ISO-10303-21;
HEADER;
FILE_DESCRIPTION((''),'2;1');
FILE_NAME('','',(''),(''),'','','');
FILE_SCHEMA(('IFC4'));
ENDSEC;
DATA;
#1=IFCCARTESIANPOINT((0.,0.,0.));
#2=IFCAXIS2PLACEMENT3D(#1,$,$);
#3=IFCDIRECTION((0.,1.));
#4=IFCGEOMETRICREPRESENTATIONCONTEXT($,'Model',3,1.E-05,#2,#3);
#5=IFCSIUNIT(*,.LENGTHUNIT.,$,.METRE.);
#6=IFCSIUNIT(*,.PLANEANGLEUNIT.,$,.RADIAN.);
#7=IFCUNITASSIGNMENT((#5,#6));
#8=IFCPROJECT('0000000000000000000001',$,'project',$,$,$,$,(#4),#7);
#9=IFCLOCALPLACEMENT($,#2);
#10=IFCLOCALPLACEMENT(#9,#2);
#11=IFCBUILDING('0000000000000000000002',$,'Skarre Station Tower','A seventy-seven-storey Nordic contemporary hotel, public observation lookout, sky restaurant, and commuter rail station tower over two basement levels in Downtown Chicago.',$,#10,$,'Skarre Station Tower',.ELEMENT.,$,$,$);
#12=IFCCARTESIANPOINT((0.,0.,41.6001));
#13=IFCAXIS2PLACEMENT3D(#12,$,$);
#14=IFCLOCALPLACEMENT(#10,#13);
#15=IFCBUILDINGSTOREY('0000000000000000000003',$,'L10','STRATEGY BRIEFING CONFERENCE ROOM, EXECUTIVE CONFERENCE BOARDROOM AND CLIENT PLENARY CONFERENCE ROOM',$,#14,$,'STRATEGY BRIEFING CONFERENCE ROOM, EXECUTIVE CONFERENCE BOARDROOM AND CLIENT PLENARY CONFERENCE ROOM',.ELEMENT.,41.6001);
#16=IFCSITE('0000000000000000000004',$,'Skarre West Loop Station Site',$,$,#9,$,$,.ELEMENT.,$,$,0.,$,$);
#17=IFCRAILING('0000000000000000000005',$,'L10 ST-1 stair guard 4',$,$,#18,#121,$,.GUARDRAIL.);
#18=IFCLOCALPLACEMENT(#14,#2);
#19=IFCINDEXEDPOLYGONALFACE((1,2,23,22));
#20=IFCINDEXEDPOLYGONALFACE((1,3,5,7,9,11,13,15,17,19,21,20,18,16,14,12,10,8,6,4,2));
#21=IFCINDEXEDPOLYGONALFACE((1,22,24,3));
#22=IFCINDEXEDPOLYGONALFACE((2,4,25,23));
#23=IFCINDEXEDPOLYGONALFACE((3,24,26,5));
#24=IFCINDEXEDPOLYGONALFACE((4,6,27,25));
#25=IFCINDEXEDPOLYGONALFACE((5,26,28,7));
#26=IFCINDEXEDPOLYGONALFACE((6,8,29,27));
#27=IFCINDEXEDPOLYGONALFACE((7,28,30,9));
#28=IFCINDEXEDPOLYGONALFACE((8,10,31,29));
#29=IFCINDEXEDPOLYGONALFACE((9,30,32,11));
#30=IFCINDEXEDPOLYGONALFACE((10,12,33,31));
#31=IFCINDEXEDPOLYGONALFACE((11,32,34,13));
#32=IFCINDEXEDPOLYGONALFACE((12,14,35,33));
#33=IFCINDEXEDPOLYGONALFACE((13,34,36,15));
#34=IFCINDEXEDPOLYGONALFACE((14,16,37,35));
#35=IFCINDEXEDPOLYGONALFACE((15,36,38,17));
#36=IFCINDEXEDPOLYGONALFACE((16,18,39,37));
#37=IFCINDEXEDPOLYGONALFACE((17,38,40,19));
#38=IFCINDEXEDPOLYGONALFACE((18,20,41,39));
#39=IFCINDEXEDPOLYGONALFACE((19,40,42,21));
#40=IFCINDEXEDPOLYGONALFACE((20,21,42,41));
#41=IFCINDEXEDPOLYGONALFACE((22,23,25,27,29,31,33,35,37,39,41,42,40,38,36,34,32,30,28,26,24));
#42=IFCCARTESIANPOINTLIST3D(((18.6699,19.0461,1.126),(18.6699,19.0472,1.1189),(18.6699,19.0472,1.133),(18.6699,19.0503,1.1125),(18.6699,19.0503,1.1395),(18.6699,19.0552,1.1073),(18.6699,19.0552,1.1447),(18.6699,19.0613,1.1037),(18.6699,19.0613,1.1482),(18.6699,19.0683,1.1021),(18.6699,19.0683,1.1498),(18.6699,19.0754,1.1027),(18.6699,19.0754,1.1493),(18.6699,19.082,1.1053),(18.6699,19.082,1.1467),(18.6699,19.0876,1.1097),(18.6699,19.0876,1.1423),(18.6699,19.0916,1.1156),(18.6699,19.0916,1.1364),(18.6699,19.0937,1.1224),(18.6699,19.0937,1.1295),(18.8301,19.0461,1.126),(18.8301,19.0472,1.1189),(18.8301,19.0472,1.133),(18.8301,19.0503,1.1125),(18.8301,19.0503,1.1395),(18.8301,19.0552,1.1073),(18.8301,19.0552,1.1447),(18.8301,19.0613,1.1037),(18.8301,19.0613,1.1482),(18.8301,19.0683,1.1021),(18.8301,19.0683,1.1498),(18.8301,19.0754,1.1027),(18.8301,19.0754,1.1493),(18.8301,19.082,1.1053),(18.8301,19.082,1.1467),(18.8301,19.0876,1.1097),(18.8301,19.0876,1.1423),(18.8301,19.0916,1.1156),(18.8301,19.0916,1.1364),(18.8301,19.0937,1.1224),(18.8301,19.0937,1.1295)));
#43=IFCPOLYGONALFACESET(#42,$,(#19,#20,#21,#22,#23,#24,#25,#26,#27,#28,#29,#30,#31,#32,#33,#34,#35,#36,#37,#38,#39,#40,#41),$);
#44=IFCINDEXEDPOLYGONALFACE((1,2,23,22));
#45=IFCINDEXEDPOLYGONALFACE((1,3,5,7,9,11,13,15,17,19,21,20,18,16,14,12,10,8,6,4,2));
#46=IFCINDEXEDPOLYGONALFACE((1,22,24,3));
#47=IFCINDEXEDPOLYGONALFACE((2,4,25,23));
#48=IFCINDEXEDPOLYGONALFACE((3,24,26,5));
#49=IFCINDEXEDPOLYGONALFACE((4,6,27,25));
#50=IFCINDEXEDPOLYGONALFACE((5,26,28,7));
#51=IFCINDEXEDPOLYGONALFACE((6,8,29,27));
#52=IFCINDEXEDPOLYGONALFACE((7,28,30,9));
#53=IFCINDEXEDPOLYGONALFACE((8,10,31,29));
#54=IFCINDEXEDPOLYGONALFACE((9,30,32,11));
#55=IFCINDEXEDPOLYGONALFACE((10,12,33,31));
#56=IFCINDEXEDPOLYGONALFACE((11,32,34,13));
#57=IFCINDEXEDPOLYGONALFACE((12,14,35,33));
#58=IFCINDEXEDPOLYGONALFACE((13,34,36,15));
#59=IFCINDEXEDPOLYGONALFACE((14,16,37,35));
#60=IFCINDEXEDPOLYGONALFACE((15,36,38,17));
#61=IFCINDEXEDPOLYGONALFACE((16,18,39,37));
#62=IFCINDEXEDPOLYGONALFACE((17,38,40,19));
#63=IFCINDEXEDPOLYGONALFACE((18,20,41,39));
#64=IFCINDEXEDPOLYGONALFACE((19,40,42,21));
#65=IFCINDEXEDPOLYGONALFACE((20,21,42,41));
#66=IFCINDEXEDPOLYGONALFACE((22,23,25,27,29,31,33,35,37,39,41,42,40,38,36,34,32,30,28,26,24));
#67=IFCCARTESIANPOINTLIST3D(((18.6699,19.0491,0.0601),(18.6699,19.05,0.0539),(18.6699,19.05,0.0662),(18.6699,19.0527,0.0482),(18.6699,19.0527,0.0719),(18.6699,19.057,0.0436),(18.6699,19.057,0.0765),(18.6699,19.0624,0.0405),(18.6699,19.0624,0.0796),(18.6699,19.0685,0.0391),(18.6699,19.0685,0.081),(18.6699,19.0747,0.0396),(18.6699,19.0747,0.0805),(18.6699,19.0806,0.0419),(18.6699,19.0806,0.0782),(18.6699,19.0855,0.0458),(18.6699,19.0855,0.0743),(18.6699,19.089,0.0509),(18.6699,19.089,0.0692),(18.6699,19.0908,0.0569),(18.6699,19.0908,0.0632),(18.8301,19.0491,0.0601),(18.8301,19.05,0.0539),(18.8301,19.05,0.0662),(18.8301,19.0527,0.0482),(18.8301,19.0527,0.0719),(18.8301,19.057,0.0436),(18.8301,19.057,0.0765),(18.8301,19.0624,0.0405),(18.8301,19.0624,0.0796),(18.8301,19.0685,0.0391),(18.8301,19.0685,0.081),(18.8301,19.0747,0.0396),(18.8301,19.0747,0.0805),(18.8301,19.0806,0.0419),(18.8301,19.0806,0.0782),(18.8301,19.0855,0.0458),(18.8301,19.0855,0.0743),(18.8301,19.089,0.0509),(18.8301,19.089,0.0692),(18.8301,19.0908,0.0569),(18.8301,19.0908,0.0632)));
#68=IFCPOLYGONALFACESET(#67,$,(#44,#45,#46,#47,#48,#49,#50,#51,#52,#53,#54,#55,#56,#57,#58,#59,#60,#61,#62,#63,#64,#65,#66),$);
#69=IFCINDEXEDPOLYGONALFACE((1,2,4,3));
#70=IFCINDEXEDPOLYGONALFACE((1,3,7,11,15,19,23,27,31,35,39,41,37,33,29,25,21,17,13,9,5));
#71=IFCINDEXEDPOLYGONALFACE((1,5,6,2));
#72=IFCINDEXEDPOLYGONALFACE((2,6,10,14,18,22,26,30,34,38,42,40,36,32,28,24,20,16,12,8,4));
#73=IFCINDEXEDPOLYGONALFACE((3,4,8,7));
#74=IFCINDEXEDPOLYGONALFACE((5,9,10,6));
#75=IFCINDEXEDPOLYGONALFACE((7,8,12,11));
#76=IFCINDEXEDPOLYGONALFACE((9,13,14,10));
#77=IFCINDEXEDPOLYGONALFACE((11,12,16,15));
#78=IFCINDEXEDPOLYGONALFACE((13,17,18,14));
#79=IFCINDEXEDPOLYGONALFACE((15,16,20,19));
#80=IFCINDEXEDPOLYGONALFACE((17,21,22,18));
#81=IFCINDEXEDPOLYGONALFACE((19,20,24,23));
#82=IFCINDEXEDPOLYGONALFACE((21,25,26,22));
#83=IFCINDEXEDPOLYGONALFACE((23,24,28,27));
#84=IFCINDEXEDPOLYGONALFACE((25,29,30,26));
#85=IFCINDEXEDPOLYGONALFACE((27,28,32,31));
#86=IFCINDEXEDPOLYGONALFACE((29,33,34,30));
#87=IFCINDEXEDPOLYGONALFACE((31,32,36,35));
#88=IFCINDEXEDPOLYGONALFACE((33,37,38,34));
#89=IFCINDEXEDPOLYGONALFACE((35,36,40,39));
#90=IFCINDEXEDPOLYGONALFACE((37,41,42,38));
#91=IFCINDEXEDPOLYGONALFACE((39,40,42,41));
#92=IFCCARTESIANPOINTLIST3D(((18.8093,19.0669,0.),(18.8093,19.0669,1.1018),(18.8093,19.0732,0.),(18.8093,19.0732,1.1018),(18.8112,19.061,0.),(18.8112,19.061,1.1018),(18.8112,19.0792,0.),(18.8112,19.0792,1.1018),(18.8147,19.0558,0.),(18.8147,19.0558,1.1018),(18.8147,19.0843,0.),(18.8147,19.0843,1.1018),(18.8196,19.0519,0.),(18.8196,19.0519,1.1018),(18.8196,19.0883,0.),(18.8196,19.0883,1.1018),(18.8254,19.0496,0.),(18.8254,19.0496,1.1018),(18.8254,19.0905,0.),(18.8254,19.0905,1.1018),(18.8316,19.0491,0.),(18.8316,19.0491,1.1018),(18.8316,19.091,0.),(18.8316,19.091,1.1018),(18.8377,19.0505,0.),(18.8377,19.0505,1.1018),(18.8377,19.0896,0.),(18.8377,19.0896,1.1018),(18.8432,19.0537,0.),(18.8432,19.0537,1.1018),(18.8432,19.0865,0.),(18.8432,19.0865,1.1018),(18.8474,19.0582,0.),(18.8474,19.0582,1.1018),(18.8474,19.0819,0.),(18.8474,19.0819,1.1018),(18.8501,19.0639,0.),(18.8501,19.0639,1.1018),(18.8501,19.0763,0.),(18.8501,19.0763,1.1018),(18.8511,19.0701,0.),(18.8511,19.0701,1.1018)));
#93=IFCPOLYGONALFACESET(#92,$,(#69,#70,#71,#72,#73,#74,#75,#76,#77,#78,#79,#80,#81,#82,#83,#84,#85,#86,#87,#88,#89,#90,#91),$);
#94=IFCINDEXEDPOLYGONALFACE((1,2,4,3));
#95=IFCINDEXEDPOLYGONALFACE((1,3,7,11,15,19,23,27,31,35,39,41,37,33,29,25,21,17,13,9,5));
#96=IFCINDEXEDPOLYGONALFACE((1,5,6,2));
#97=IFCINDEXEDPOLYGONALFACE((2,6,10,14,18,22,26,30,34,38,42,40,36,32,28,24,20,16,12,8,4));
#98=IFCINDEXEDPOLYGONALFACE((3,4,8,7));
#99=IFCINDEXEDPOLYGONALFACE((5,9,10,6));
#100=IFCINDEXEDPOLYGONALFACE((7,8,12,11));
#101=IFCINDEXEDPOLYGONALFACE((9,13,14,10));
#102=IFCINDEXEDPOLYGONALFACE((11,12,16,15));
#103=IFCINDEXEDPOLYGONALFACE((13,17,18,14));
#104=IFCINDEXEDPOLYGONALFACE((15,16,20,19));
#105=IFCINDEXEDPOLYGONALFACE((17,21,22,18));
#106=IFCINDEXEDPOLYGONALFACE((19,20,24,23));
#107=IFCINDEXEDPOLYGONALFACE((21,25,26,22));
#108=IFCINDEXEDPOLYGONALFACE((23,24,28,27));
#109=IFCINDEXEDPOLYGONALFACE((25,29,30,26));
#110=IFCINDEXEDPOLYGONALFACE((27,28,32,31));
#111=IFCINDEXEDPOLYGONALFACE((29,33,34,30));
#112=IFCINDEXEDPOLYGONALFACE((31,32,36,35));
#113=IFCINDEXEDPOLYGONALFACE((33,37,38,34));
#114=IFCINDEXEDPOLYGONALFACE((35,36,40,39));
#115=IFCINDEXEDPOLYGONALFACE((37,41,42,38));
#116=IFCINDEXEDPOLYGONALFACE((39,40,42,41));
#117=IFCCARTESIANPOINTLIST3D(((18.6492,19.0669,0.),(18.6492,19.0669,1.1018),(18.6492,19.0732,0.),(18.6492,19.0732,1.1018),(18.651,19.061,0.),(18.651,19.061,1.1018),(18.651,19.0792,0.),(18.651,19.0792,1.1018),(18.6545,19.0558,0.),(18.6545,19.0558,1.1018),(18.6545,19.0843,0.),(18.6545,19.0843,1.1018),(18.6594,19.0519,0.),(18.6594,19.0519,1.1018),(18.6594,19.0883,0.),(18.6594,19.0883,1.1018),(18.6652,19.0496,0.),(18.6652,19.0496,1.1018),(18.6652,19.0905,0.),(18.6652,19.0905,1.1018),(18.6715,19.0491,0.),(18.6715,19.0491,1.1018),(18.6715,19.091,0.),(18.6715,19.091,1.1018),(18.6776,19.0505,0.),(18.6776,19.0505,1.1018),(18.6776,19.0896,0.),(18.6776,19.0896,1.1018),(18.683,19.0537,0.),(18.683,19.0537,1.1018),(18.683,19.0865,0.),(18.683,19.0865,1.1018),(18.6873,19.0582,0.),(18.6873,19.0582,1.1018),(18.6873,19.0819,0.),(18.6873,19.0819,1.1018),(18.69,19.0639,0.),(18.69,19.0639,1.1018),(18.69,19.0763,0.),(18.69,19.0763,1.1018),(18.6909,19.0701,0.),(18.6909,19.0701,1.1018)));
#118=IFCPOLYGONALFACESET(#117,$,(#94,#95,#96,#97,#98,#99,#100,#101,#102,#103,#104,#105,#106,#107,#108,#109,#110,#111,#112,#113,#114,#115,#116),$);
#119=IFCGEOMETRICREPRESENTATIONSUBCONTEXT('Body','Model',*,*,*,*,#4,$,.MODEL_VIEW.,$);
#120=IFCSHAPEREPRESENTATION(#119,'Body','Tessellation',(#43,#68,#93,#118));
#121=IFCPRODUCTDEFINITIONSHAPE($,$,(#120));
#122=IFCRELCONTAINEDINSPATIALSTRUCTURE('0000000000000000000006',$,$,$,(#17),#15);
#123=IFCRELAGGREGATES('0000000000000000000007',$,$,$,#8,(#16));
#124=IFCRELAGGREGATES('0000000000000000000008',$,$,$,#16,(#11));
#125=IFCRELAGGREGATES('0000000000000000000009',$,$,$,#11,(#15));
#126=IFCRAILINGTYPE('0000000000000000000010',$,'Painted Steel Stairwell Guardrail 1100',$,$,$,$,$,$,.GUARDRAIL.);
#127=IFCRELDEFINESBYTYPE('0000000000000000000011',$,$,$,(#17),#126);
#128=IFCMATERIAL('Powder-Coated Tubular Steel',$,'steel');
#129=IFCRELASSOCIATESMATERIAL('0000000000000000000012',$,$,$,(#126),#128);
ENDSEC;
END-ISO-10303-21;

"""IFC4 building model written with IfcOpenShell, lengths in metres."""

from ifc_helpers import new_model, si_unit, direction, frame, origin, origin_2d, place, context, subcontext, project, spatial, circle, extrude, material, type_object, element, save


model = new_model("IFC4")

# Units and contexts
model_context = context("Model", 3, precision=1e-05, world=origin(), true_north=direction((0.0, 1.0)))
body_context = subcontext(model_context, "Body", "Model", "MODEL_VIEW")
ifc_project = project(units=[si_unit("LENGTHUNIT", "METRE"), si_unit("PLANEANGLEUNIT", "RADIAN")], contexts=[model_context])

# Site, building, storey
site_placement = place(None, origin())
site = spatial("IfcSite", under=ifc_project, at=site_placement, Name="Skarre West Loop Station Site", CompositionType="ELEMENT", RefElevation=0.0)
building_placement = place(site_placement, origin())
building = spatial("IfcBuilding", under=site, at=building_placement, Name="Skarre Station Tower", Description="A seventy-seven-storey Nordic contemporary hotel, public observation lookout, sky restaurant, and commuter rail station tower over two basement levels in Downtown Chicago.", LongName="Skarre Station Tower", CompositionType="ELEMENT")
storey_placement = place(building_placement, frame((0.0, 0.0, 41.6001)))
storey = spatial("IfcBuildingStorey", under=building, at=storey_placement, Name="L10", Description="STRATEGY BRIEFING CONFERENCE ROOM, EXECUTIVE CONFERENCE BOARDROOM AND CLIENT PLENARY CONFERENCE ROOM", LongName="STRATEGY BRIEFING CONFERENCE ROOM, EXECUTIVE CONFERENCE BOARDROOM AND CLIENT PLENARY CONFERENCE ROOM", CompositionType="ELEMENT", Elevation=41.6001)

# Railing
ifc_material_1 = material(Name="Powder-Coated Tubular Steel", Category="steel")
railing_type_1 = type_object("IfcRailingType", Name="Painted Steel Stairwell Guardrail 1100", PredefinedType="GUARDRAIL", material=ifc_material_1)
railing_1_placement = place(storey_placement, frame((18.8301, 19.0701, 0.0)))
element("IfcRailing", 1, at=railing_1_placement, inside=storey, type_object=railing_type_1, Name="L10 ST-1 stair guard 4", PredefinedType="GUARDRAIL", context=body_context, shape_type="SweptSolid", body=[
    extrude(circle(Radius=0.0239, at=origin_2d()), frame((0.0, 0.0, 1.126), z_axis=(-1.0, 0.0, 0.0), x_axis=(0.0, -1.0, 0.0)), (0.0, 0.0, 1.0), 0.1602),
    extrude(circle(Radius=0.021, at=origin_2d()), frame((0.0, 0.0, 0.0601), z_axis=(-1.0, 0.0, 0.0), x_axis=(0.0, -1.0, 0.0)), (0.0, 0.0, 1.0), 0.1602),
    extrude(circle(Radius=0.021, at=origin_2d()), origin(), (0.0, 0.0, 1.0), 1.1018),
    extrude(circle(Radius=0.021, at=origin_2d()), frame((-0.1602, 0.0, 0.0)), (0.0, 0.0, 1.0), 1.1018),
])

save(model, "model.ifc")
